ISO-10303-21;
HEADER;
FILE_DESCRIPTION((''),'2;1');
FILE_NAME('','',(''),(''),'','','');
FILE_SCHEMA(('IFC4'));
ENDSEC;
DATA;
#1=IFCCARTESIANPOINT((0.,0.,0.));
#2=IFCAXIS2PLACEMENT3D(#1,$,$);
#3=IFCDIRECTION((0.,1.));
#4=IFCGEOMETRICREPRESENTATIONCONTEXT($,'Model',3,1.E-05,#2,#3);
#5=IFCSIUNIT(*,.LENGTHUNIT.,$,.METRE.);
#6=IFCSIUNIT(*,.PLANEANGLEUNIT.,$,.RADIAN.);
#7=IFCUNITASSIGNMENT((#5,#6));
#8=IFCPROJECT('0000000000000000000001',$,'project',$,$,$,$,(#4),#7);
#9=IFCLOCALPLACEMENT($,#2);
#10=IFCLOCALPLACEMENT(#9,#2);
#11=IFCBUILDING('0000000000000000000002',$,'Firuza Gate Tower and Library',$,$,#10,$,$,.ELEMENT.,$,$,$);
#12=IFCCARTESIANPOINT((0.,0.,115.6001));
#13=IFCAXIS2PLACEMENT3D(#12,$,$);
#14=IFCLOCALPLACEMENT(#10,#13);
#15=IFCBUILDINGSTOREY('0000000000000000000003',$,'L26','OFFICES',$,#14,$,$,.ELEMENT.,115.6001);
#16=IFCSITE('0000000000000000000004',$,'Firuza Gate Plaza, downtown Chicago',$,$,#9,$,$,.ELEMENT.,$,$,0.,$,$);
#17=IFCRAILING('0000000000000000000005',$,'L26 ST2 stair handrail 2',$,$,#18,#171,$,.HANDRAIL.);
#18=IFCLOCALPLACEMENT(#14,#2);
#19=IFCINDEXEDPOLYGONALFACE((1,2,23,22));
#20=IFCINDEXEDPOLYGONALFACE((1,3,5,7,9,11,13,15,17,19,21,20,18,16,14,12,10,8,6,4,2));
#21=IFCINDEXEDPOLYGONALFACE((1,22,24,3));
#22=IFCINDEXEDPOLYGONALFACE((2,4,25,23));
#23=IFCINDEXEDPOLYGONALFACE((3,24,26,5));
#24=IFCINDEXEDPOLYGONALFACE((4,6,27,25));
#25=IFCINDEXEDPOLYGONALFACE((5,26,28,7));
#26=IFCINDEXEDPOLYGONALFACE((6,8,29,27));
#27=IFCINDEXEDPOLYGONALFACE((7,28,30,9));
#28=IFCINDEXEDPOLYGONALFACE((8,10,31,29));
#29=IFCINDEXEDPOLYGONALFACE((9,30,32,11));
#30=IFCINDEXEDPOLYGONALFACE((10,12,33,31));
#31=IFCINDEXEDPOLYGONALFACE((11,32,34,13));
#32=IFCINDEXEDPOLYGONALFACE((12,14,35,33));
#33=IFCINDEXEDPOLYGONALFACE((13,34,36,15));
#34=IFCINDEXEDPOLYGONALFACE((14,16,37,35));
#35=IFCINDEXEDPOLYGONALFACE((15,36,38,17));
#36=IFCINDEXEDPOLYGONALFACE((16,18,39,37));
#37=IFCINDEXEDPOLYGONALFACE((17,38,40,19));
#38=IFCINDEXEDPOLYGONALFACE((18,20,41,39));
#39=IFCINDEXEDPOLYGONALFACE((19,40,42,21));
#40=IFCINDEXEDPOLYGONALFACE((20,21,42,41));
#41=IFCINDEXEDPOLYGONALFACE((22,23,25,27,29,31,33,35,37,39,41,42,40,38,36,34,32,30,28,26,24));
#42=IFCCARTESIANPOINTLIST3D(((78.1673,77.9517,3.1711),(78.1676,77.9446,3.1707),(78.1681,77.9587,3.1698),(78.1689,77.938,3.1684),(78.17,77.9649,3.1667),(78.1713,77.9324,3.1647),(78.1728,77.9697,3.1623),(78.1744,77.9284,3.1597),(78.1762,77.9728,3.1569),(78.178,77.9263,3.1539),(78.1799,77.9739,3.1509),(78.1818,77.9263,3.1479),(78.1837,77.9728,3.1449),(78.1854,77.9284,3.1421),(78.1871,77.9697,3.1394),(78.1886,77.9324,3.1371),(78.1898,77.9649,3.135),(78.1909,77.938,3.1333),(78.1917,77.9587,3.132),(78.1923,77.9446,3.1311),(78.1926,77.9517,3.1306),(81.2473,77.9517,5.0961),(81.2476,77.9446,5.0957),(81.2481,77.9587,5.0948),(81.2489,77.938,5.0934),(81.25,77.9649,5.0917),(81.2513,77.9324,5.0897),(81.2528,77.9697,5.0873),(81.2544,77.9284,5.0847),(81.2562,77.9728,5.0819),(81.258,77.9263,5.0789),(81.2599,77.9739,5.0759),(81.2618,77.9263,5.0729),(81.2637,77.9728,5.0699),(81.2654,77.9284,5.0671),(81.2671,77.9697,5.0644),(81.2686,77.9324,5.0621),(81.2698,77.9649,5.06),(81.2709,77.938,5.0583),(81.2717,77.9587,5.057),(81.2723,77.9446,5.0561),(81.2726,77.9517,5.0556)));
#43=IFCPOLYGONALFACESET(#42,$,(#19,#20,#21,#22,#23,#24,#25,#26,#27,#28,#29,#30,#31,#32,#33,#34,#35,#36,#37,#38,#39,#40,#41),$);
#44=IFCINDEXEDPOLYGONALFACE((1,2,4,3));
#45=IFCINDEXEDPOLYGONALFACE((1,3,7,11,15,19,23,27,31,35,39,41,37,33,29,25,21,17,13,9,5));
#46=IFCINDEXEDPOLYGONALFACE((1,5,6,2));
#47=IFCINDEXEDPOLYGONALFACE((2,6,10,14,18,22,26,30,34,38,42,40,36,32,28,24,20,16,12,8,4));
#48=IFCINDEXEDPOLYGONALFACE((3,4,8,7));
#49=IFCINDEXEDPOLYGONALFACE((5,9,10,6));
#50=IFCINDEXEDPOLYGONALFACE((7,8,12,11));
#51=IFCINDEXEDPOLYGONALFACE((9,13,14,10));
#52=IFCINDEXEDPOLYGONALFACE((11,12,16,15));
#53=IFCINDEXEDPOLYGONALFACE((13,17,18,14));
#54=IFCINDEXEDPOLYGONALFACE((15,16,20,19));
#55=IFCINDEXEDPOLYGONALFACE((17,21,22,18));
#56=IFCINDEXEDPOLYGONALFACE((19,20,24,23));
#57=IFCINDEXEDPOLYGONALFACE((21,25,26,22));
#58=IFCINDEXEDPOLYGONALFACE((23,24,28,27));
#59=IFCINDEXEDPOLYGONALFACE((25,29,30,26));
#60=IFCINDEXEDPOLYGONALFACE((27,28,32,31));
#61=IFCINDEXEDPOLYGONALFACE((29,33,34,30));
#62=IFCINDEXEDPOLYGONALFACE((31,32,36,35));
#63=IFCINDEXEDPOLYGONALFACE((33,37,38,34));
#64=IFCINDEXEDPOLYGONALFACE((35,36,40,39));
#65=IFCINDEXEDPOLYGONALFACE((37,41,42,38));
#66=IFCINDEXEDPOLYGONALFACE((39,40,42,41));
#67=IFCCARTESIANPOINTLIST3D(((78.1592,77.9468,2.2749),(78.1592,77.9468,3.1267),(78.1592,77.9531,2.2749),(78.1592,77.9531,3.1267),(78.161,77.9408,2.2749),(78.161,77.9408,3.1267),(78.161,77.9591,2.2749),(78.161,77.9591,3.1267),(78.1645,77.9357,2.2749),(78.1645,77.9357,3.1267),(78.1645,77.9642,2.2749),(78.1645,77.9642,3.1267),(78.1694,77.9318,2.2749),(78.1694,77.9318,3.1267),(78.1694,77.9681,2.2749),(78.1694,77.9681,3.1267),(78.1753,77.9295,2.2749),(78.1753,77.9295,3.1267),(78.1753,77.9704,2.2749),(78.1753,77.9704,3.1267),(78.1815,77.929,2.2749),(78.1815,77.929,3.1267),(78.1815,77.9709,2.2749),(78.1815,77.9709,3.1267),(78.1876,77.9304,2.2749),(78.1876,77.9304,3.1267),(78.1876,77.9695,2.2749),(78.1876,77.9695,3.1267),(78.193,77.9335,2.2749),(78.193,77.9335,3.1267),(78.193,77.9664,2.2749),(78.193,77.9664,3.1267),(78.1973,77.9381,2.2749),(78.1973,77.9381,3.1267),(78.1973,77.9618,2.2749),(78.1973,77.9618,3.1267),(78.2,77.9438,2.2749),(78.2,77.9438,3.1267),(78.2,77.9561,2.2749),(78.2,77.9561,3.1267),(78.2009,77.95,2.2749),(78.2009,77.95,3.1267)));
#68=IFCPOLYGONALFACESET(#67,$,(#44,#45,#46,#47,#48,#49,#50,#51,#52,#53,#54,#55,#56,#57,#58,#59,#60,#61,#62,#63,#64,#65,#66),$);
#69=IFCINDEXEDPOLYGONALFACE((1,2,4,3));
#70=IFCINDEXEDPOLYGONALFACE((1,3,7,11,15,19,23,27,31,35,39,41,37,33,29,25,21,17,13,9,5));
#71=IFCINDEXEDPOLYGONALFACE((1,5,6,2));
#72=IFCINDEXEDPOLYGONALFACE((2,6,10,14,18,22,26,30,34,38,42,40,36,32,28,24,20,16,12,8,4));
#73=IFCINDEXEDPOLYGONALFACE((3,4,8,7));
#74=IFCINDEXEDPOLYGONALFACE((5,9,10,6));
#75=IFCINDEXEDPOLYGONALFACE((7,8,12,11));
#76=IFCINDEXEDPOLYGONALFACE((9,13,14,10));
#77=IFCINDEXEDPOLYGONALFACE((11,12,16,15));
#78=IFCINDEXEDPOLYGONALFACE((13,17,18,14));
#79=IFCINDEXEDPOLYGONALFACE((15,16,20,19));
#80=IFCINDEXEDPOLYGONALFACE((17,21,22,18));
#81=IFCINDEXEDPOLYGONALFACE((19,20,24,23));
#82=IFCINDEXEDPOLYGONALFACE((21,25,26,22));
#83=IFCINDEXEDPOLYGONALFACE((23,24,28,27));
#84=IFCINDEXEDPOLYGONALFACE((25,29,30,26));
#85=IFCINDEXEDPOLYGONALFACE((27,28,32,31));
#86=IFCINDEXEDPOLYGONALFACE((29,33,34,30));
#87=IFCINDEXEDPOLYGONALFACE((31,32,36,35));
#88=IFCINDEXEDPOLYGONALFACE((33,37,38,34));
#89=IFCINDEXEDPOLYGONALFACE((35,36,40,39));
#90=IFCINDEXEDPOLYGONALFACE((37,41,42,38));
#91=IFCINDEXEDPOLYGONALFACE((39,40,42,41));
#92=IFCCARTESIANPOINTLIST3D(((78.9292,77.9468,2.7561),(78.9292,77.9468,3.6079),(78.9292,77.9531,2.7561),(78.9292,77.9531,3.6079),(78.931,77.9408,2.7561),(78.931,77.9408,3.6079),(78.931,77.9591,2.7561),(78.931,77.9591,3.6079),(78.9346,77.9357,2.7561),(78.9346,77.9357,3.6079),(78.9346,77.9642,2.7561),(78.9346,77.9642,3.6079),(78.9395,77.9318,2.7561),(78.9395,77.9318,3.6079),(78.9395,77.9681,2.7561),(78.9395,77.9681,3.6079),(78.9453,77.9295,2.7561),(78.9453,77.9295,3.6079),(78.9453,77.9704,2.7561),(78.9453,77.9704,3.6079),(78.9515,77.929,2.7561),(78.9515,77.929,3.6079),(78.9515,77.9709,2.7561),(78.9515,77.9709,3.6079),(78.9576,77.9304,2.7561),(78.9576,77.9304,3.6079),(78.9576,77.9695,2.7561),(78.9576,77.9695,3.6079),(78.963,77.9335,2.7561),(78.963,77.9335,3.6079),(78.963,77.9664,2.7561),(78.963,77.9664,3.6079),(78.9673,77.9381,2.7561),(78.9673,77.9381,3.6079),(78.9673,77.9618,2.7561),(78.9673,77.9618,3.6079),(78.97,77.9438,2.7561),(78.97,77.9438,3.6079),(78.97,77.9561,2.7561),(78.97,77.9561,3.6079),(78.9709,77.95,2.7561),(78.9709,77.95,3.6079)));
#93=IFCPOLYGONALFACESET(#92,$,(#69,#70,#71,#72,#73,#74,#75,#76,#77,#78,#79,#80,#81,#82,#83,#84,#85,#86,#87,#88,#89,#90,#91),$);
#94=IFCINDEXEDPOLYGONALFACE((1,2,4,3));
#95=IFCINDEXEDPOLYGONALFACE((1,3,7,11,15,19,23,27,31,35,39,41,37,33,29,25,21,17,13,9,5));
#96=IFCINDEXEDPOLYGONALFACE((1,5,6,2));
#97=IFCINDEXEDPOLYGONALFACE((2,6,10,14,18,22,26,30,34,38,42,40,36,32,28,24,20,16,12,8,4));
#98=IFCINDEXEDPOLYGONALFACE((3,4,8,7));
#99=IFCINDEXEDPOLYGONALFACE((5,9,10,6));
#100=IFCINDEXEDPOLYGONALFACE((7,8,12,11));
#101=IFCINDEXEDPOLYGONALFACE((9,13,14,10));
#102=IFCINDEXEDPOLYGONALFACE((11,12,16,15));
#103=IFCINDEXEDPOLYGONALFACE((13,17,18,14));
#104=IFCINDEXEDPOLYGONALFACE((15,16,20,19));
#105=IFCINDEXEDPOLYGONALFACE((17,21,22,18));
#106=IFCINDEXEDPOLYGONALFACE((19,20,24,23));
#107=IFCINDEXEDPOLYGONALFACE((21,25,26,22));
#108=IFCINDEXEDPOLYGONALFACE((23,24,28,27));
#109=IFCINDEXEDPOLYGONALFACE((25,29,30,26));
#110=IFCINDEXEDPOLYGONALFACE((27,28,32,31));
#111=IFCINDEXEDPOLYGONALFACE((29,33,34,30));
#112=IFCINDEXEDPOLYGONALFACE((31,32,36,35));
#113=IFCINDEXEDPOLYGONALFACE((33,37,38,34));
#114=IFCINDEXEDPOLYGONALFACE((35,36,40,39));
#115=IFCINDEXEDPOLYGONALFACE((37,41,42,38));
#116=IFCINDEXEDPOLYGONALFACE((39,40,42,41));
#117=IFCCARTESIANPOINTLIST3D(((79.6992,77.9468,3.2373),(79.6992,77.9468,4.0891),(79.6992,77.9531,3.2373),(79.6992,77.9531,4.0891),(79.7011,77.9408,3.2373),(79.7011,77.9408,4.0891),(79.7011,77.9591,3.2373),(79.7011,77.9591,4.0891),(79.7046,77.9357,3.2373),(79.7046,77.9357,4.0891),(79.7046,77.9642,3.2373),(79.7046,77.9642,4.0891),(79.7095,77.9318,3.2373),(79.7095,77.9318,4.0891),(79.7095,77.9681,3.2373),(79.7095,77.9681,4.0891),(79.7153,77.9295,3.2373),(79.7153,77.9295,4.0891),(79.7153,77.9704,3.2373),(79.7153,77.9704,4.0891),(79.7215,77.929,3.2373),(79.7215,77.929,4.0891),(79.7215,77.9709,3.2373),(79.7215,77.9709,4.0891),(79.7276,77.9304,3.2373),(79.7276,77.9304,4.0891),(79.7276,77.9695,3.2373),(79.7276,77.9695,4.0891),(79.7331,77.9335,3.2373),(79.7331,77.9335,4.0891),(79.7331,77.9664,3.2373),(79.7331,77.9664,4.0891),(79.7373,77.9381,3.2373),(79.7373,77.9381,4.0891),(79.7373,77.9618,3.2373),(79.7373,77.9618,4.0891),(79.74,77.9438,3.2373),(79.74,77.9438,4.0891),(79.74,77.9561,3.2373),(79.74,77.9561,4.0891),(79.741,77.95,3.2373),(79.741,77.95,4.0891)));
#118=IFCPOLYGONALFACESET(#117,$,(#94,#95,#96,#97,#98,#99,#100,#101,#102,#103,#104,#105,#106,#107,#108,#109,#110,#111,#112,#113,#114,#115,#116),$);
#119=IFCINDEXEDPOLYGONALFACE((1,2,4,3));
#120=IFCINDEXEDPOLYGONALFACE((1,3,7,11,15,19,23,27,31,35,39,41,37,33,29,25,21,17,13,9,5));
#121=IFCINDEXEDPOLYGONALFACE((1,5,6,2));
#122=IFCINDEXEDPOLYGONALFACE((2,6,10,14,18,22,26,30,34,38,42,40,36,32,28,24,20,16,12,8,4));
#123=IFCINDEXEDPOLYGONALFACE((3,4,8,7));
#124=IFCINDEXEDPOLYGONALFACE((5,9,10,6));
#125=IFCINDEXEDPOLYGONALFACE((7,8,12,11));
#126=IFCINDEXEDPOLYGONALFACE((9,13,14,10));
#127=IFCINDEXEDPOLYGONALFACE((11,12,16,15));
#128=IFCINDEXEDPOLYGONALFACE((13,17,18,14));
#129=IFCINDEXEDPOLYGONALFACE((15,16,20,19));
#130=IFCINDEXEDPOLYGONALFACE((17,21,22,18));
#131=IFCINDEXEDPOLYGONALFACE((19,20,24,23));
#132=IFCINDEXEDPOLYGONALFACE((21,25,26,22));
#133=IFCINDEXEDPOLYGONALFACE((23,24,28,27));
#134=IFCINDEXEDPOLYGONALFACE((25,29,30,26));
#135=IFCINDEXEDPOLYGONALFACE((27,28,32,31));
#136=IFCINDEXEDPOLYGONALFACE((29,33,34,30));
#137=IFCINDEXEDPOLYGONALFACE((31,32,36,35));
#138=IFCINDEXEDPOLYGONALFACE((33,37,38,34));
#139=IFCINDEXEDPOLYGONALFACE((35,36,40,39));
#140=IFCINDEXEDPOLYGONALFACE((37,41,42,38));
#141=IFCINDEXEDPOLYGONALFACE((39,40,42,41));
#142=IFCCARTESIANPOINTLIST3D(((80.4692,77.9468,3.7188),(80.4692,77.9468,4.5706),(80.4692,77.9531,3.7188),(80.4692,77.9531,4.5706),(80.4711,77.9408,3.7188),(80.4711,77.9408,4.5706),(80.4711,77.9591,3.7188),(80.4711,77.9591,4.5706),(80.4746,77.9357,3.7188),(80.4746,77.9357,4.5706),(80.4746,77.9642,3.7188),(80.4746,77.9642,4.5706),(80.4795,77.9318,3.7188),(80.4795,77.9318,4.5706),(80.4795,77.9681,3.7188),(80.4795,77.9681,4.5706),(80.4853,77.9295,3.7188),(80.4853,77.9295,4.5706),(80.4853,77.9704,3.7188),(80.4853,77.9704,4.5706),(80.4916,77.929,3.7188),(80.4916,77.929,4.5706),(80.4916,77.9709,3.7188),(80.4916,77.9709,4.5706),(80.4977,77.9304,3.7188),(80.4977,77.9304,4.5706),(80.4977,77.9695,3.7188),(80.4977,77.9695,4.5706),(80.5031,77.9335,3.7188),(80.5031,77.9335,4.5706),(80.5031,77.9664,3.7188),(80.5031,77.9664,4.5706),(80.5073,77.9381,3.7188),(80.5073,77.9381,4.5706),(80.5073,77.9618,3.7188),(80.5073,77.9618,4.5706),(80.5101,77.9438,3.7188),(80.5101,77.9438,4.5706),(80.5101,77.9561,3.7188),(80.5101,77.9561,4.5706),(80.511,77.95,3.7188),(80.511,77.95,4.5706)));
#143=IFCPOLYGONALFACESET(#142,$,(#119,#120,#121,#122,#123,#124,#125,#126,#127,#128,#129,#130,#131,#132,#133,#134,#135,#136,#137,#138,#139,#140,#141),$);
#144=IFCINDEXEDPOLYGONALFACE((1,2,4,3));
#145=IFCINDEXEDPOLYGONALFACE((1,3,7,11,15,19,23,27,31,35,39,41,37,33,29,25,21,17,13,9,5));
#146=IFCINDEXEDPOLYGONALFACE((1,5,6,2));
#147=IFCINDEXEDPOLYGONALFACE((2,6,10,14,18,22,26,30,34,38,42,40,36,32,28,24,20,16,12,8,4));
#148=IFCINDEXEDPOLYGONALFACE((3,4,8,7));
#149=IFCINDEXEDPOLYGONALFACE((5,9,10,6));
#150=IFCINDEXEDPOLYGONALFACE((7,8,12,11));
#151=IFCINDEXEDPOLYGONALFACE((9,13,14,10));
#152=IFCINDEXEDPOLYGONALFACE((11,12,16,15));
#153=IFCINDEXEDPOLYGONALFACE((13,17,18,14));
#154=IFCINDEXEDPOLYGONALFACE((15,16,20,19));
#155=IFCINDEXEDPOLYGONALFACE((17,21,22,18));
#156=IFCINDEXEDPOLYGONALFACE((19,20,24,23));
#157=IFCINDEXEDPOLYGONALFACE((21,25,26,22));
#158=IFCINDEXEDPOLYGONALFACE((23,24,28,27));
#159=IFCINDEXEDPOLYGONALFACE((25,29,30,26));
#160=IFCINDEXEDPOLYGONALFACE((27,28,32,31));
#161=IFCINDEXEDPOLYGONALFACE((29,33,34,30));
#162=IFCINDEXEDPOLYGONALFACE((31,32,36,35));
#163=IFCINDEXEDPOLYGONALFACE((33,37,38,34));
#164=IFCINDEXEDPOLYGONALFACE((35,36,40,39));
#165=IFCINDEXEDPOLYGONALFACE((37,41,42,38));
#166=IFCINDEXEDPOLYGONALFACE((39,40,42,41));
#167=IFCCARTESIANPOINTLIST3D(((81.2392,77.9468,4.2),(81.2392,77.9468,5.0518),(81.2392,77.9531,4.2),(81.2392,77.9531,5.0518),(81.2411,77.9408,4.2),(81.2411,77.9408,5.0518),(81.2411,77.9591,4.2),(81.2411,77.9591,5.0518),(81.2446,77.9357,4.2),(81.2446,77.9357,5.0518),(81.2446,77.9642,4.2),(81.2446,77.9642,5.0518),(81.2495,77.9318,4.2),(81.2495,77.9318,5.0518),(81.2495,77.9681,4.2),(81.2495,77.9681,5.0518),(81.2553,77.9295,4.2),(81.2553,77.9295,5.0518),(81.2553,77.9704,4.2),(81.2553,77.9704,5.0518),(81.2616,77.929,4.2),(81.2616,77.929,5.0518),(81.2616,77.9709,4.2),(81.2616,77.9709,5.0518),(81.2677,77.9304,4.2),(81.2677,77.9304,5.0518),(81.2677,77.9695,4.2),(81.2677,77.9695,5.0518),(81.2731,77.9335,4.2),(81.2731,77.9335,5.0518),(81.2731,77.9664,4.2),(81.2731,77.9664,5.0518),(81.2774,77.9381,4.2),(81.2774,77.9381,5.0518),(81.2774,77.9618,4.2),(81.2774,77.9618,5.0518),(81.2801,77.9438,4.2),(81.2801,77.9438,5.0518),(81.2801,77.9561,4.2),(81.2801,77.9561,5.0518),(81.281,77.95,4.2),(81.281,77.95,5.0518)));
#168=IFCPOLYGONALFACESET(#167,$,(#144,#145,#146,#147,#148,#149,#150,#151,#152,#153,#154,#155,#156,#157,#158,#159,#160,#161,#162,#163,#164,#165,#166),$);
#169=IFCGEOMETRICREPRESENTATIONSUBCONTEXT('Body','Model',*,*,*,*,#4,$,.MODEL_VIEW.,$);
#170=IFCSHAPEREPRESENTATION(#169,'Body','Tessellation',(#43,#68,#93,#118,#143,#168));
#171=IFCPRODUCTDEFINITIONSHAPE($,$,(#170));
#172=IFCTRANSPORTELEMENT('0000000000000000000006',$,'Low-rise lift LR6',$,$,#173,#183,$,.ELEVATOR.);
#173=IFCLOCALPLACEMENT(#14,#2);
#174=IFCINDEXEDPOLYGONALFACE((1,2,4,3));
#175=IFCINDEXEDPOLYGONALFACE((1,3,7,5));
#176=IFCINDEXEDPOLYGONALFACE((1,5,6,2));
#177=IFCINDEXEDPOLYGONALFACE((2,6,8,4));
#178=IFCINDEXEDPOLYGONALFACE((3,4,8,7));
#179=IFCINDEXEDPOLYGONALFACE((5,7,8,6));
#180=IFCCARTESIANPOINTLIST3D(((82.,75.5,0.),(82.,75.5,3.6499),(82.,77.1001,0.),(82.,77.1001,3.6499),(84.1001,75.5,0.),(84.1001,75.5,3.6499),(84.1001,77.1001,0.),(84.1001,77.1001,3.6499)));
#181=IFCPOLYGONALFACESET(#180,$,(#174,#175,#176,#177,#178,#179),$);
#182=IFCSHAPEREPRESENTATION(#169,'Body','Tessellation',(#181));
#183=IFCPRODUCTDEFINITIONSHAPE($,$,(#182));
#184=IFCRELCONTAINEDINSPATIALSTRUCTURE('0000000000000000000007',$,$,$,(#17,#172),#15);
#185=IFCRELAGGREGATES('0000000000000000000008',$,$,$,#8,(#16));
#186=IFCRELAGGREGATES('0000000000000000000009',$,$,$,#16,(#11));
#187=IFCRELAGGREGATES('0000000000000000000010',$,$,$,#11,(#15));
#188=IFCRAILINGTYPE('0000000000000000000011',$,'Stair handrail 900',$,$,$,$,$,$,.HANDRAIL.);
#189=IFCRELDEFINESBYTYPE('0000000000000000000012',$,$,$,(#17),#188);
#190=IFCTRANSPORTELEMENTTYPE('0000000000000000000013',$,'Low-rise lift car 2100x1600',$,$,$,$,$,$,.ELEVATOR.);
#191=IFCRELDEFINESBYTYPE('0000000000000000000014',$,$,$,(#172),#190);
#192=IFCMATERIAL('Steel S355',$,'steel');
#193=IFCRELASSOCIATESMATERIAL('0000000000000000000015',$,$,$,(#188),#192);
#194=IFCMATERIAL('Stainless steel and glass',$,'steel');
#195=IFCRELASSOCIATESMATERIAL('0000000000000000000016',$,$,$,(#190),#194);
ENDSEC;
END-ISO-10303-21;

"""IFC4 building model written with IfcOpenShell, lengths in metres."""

from ifc_helpers import new_model, si_unit, direction, frame, origin, origin_2d, place, context, subcontext, project, spatial, rectangle, circle, extrude, material, type_object, element, save


model = new_model("IFC4")

# Units and contexts
model_context = context("Model", 3, precision=1e-05, world=origin(), true_north=direction((0.0, 1.0)))
body_context = subcontext(model_context, "Body", "Model", "MODEL_VIEW")
ifc_project = project(units=[si_unit("LENGTHUNIT", "METRE"), si_unit("PLANEANGLEUNIT", "RADIAN")], contexts=[model_context])

# Site, building, storey
site_placement = place(None, origin())
site = spatial("IfcSite", under=ifc_project, at=site_placement, Name="Firuza Gate Plaza, downtown Chicago", CompositionType="ELEMENT", RefElevation=0.0)
building_placement = place(site_placement, origin())
building = spatial("IfcBuilding", under=site, at=building_placement, Name="Firuza Gate Tower and Library", CompositionType="ELEMENT")
storey_placement = place(building_placement, frame((0.0, 0.0, 115.6001)))
storey = spatial("IfcBuildingStorey", under=building, at=storey_placement, Name="L26", Description="OFFICES", CompositionType="ELEMENT", Elevation=115.6001)

# Railing
ifc_material_1 = material(Name="Steel S355", Category="steel")
railing_type_1 = type_object("IfcRailingType", Name="Stair handrail 900", PredefinedType="HANDRAIL", material=ifc_material_1)
railing_1_placement = place(storey_placement, frame((78.1799, 77.95, 2.2749)))
element("IfcRailing", 1, at=railing_1_placement, inside=storey, type_object=railing_type_1, Name="L26 ST2 stair handrail 2", PredefinedType="HANDRAIL", context=body_context, shape_type="SweptSolid", body=[
    extrude(circle(Radius=0.0239, at=origin_2d()), frame((0.0, 0.0, 0.876), z_axis=(0.847998, 0.0, 0.529999), x_axis=(0.0, 1.0, 0.0)), (0.0, 0.0, 1.0), 3.6321),
    extrude(circle(Radius=0.021, at=origin_2d()), origin(), (0.0, 0.0, 1.0), 0.8518),
    extrude(circle(Radius=0.021, at=origin_2d()), frame((0.77, 0.0, 0.4812)), (0.0, 0.0, 1.0), 0.8518),
    extrude(circle(Radius=0.021, at=origin_2d()), frame((1.54, 0.0, 0.9624)), (0.0, 0.0, 1.0), 0.8518),
    extrude(circle(Radius=0.021, at=origin_2d()), frame((2.3101, 0.0, 1.4438)), (0.0, 0.0, 1.0), 0.8518),
    extrude(circle(Radius=0.021, at=origin_2d()), frame((3.0801, 0.0, 1.925)), (0.0, 0.0, 1.0), 0.8518),
])

# Transport element
ifc_material_2 = material(Name="Stainless steel and glass", Category="steel")
transport_element_type = type_object("IfcTransportElementType", Name="Low-rise lift car 2100x1600", PredefinedType="ELEVATOR", material=ifc_material_2)
transport_element_placement = place(storey_placement, frame((83.05, 76.3, 0.0), z_axis=(0.0, 0.0, 1.0), x_axis=(1.0, 0.0, 0.0)))
element("IfcTransportElement", 2, at=transport_element_placement, inside=storey, type_object=transport_element_type, Name="Low-rise lift LR6", PredefinedType="ELEVATOR", context=body_context, shape_type="SweptSolid", body=[
    extrude(rectangle(XDim=2.1001, YDim=1.6001, at=origin_2d()), origin(), (0.0, 0.0, 1.0), 3.6499),
])

save(model, "model.ifc")
